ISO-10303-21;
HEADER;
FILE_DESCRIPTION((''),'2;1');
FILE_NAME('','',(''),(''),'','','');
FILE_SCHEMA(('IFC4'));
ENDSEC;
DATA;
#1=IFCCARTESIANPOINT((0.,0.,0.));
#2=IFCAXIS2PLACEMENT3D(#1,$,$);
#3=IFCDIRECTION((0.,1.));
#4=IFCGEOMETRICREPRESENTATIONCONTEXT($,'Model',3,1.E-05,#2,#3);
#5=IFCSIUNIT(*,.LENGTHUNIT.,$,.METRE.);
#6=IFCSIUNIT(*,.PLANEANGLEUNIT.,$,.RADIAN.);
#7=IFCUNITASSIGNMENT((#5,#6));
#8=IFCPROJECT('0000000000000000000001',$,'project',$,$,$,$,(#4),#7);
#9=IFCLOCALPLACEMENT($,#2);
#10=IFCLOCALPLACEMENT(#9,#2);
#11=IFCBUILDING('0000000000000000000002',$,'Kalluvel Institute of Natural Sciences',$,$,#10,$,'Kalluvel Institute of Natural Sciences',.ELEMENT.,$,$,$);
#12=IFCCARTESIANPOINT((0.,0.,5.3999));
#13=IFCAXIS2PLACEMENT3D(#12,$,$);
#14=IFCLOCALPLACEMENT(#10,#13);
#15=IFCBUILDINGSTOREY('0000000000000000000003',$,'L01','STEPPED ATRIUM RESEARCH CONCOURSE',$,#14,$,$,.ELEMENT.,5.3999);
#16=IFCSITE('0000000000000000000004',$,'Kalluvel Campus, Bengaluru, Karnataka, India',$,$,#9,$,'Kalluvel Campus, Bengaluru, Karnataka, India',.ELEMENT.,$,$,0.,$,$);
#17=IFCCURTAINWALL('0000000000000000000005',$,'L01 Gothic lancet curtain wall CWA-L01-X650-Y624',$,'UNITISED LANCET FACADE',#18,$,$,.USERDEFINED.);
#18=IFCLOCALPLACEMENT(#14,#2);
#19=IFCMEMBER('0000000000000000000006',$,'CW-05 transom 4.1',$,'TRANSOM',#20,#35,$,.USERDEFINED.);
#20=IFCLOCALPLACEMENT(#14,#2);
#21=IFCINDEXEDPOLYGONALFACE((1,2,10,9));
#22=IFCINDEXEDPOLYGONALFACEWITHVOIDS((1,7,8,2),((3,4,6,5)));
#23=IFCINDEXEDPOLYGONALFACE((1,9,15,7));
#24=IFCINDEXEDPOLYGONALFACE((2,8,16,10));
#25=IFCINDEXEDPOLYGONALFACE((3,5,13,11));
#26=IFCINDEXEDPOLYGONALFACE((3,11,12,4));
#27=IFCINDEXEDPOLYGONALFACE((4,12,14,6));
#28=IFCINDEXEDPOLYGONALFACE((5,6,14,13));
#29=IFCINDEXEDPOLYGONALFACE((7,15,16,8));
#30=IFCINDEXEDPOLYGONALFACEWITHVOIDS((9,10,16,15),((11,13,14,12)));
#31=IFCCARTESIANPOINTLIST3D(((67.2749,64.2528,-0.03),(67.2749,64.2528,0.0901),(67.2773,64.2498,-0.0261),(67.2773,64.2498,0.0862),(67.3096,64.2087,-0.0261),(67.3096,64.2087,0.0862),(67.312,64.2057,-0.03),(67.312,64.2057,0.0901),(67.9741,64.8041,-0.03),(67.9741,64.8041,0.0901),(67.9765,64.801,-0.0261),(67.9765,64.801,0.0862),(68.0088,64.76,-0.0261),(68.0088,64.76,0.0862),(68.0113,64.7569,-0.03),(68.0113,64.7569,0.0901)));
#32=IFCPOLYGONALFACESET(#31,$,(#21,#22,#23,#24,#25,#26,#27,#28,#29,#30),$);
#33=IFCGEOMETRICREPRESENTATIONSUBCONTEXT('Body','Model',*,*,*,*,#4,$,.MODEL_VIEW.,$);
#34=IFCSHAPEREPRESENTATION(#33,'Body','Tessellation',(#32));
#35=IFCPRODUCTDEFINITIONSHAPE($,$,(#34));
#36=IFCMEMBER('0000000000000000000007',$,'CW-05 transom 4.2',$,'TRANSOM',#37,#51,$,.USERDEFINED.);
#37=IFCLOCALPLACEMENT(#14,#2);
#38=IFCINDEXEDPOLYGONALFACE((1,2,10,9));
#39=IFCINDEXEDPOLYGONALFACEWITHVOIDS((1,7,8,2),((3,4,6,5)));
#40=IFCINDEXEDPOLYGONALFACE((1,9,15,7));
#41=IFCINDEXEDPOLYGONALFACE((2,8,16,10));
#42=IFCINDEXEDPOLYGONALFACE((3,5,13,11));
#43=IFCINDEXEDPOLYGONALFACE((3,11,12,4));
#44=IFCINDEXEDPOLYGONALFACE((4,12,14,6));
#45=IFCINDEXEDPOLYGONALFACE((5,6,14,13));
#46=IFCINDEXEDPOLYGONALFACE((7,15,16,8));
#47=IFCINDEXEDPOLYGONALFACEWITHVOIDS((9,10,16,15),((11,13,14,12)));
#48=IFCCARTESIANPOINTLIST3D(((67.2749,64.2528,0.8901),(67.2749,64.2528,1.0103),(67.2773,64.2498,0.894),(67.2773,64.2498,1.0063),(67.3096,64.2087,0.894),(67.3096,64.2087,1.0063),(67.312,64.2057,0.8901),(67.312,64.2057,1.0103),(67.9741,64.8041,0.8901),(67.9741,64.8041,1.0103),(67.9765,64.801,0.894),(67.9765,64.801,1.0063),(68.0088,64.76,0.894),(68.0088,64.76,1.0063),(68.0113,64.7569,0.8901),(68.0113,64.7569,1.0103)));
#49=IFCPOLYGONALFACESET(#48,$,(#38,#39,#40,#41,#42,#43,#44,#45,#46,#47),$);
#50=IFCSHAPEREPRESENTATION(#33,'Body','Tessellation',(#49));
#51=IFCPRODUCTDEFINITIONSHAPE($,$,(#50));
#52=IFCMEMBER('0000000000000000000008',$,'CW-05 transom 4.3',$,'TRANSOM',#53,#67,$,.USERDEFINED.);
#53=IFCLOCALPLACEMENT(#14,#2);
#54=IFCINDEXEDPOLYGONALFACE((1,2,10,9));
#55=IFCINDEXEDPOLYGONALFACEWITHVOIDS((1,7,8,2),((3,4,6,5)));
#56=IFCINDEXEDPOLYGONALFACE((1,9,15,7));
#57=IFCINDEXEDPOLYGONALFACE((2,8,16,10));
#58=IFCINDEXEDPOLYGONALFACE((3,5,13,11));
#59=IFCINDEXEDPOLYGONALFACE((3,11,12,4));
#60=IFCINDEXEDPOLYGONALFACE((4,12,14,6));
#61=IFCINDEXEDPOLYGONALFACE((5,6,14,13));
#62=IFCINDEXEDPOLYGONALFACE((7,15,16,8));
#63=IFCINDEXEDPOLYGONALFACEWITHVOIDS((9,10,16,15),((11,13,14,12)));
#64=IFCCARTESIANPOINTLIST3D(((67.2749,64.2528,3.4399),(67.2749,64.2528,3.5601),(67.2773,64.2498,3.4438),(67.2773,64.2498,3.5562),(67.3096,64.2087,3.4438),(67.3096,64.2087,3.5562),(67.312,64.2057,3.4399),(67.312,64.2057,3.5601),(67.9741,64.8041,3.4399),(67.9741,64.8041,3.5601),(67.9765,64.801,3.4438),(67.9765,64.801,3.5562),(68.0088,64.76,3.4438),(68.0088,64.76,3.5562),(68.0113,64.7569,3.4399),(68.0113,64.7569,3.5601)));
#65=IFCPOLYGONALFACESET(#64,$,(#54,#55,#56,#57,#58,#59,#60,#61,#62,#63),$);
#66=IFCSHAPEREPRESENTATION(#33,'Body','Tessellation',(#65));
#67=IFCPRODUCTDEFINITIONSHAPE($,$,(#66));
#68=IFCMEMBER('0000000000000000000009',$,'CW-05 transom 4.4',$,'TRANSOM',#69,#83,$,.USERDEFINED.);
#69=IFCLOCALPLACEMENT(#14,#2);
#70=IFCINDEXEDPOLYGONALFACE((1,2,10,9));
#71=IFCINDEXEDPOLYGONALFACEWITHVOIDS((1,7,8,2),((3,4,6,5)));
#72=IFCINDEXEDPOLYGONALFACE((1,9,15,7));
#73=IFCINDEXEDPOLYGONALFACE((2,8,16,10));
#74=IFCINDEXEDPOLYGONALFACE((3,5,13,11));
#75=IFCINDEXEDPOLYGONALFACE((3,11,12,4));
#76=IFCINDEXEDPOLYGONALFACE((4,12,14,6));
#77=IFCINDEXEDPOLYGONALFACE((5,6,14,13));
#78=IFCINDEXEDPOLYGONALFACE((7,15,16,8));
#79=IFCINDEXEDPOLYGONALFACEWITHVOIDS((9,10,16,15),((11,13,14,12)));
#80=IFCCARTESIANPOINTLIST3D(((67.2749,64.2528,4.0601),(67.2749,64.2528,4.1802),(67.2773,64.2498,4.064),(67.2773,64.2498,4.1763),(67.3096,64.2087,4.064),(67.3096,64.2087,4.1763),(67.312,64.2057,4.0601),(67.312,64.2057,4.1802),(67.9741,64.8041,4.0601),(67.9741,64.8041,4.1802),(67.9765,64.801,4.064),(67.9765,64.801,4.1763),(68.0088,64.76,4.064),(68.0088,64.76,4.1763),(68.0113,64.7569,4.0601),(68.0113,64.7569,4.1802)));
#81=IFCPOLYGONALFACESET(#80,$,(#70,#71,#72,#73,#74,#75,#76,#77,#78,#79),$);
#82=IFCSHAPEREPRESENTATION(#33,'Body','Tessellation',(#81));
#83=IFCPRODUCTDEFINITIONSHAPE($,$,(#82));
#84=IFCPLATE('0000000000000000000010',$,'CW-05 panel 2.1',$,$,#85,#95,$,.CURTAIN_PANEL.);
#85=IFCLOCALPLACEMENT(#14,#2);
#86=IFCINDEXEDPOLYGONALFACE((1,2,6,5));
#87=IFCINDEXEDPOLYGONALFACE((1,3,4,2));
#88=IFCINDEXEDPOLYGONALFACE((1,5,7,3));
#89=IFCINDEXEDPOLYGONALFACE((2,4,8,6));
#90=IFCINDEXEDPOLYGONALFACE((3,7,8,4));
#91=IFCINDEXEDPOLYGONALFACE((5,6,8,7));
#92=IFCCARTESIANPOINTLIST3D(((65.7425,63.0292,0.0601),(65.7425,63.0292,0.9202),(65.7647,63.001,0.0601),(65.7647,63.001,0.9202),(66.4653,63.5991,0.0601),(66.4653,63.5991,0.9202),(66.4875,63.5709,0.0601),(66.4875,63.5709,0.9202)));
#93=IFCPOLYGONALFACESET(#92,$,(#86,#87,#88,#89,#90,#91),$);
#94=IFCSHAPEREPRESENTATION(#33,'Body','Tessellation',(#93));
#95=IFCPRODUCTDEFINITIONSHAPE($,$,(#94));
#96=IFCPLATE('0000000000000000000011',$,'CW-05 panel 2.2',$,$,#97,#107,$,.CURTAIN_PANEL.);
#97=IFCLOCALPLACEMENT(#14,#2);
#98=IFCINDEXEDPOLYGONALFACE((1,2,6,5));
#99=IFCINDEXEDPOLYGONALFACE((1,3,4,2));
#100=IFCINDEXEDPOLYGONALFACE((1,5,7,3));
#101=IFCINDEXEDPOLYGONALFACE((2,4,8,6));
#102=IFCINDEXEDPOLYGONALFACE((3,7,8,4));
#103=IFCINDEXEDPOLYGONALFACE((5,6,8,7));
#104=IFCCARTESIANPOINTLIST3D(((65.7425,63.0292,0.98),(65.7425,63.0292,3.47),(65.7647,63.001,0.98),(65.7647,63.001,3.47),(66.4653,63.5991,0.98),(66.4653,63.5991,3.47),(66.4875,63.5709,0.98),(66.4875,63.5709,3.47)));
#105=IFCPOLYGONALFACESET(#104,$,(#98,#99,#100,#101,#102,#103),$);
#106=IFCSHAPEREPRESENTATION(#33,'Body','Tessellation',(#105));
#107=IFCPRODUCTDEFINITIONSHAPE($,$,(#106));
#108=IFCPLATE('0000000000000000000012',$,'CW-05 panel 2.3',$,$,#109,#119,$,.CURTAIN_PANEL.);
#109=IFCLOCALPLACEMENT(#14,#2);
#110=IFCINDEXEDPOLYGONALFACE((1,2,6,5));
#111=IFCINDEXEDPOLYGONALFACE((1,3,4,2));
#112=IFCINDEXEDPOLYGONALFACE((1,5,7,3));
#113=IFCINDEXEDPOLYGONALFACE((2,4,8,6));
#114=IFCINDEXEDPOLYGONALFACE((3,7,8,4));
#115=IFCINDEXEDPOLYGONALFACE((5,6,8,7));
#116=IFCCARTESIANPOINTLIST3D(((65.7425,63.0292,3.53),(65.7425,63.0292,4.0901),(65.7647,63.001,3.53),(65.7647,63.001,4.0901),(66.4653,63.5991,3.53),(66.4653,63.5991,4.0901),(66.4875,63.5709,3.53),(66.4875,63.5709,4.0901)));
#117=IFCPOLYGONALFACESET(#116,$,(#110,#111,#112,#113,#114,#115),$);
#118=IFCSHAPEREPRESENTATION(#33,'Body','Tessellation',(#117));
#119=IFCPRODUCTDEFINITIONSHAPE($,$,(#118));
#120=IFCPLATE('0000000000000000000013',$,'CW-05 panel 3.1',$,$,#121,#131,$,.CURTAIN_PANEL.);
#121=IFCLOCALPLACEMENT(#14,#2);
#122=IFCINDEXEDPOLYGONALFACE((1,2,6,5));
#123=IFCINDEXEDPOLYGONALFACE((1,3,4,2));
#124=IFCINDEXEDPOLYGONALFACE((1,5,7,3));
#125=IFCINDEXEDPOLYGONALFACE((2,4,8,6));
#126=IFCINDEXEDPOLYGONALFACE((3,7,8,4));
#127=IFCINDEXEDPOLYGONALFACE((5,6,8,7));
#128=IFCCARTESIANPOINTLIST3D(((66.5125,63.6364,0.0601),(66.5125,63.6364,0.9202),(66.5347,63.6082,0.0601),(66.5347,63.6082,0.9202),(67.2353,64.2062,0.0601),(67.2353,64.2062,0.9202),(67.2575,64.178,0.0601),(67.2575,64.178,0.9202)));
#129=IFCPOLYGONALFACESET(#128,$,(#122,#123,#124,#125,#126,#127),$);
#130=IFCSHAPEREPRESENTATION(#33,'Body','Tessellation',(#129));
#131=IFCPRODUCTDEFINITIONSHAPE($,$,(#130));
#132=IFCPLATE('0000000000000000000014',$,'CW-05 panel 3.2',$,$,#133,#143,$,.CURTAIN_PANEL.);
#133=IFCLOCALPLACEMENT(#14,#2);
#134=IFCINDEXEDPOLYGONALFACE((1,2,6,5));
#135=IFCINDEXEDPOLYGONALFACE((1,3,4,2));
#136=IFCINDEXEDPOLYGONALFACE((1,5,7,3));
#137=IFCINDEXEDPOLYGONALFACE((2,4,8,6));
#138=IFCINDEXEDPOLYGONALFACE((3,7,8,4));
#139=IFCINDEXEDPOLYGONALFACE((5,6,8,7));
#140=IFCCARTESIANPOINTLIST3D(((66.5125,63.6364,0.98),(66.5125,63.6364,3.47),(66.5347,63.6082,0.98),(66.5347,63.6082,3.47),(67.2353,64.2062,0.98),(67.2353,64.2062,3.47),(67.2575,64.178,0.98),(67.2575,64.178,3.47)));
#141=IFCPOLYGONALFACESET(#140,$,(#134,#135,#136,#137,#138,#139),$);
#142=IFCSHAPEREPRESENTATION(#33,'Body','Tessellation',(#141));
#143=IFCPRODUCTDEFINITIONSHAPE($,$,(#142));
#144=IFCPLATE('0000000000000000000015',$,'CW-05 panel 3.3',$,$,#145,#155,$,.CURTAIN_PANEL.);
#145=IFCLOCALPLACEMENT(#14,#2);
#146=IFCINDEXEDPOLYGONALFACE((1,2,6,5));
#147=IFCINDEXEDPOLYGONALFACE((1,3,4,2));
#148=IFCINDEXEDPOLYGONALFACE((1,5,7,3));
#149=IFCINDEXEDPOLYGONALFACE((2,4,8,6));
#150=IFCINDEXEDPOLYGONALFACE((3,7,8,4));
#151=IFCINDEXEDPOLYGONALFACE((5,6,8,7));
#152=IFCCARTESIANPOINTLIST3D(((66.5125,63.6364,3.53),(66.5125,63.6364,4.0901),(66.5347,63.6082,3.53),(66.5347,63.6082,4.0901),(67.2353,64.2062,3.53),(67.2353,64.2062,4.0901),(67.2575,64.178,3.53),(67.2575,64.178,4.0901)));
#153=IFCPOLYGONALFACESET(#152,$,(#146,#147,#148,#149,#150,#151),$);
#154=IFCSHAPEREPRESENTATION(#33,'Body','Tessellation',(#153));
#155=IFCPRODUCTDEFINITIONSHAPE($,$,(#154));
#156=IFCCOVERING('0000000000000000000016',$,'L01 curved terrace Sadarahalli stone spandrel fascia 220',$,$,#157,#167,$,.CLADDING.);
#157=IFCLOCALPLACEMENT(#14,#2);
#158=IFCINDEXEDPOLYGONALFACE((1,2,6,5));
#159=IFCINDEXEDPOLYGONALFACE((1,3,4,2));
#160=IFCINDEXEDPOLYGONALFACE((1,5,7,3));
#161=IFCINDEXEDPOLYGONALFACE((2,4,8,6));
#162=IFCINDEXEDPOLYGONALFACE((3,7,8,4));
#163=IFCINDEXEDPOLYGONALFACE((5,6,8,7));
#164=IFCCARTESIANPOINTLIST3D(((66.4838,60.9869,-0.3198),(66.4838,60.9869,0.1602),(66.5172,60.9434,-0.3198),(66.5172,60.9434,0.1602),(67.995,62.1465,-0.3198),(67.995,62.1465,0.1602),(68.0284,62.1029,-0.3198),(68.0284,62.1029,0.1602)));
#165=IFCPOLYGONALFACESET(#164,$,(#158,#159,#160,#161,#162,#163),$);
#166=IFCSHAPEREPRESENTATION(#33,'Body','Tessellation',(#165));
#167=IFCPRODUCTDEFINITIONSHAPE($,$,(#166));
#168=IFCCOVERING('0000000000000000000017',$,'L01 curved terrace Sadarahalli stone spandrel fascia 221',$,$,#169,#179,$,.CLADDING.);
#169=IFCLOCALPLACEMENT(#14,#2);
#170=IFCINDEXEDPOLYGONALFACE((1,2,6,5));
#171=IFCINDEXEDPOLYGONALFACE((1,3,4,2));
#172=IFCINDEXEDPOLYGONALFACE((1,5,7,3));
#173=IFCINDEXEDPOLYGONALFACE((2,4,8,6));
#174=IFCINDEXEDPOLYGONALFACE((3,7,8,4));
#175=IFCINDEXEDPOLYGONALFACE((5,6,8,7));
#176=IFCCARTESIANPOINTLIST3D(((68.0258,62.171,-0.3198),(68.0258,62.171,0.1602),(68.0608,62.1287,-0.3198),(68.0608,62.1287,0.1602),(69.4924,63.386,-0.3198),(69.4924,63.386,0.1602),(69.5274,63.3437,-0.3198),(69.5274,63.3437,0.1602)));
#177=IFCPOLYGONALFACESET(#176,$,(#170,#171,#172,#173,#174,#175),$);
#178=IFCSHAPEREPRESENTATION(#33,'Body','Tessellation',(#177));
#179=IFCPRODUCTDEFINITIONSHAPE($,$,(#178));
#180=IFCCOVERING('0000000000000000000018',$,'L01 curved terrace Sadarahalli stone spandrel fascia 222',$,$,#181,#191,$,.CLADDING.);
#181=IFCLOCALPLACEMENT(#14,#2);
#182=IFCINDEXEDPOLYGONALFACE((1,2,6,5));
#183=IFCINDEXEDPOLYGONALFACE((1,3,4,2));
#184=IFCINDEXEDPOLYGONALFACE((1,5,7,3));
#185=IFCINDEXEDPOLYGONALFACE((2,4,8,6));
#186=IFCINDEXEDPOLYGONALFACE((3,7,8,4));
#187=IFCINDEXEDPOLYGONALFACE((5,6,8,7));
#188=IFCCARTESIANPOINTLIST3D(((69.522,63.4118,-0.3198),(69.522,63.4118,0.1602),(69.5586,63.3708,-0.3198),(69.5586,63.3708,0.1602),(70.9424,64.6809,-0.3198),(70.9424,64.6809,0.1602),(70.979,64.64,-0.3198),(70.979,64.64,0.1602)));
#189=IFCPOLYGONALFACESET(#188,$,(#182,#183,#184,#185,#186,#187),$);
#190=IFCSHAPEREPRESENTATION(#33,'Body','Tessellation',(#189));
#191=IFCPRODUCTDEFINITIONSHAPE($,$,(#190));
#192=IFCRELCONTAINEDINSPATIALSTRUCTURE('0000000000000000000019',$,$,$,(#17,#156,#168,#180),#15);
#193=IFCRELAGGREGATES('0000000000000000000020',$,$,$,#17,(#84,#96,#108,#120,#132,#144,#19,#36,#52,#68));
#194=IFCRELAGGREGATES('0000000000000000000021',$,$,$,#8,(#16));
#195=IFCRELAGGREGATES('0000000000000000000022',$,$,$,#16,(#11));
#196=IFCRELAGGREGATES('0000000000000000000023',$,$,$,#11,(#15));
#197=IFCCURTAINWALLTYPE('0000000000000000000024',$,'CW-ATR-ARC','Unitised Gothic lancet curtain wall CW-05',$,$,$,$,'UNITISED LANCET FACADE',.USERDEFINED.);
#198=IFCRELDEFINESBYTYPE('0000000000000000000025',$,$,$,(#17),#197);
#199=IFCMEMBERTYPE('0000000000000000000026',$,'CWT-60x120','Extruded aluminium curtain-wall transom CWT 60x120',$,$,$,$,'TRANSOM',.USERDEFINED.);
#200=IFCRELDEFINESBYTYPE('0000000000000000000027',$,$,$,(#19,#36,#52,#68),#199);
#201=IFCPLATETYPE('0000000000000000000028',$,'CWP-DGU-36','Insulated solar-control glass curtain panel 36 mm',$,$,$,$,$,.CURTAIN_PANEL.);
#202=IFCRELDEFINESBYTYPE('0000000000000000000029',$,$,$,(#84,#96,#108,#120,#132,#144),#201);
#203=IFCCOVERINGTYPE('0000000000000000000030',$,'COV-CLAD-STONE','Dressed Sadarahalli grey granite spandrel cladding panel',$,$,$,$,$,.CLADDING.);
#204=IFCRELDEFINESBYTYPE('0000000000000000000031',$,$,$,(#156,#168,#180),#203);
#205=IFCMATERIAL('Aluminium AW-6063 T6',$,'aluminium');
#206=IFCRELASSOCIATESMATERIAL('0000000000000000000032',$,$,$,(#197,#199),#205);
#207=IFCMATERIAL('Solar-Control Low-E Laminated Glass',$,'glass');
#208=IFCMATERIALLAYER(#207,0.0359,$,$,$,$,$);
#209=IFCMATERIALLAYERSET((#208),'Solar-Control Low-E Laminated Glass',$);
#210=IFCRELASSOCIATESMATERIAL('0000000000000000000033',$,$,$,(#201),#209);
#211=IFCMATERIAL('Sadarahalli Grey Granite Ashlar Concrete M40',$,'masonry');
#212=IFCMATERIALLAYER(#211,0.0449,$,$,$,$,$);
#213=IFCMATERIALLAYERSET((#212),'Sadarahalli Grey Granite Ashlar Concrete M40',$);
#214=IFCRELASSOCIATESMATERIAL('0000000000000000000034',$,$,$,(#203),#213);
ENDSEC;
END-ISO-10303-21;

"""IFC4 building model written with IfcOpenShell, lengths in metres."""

from ifc_helpers import new_model, si_unit, direction, frame, origin, origin_2d, place, context, subcontext, project, spatial, rectangle, hollow_rectangle, extrude, material, layer, layer_set, material_profile, profile_set, type_object, element, aggregate, save


model = new_model("IFC4")

# Units and contexts
model_context = context("Model", 3, precision=1e-05, world=origin(), true_north=direction((0.0, 1.0)))
body_context = subcontext(model_context, "Body", "Model", "MODEL_VIEW")
ifc_project = project(units=[si_unit("LENGTHUNIT", "METRE"), si_unit("PLANEANGLEUNIT", "RADIAN")], contexts=[model_context])

# Site, building, storey
site_placement = place(None, origin())
site = spatial("IfcSite", under=ifc_project, at=site_placement, Name="Kalluvel Campus, Bengaluru, Karnataka, India", LongName="Kalluvel Campus, Bengaluru, Karnataka, India", CompositionType="ELEMENT", RefElevation=0.0)
building_placement = place(site_placement, origin())
building = spatial("IfcBuilding", under=site, at=building_placement, Name="Kalluvel Institute of Natural Sciences", LongName="Kalluvel Institute of Natural Sciences", CompositionType="ELEMENT")
storey_placement = place(building_placement, frame((0.0, 0.0, 5.3999)))
storey = spatial("IfcBuildingStorey", under=building, at=storey_placement, Name="L01", Description="STEPPED ATRIUM RESEARCH CONCOURSE", CompositionType="ELEMENT", Elevation=5.3999)

# Curtain wall, members, plates
ifc_material_1 = material(Name="Aluminium AW-6063 T6", Category="aluminium")
curtain_wall_type = type_object("IfcCurtainWallType", Name="CW-ATR-ARC", Description="Unitised Gothic lancet curtain wall CW-05", ElementType="UNITISED LANCET FACADE", PredefinedType="USERDEFINED", material=ifc_material_1)
curtain_wall_placement = place(storey_placement, origin())
curtain_wall = element("IfcCurtainWall", 1, at=curtain_wall_placement, inside=storey, type_object=curtain_wall_type, Name="L01 Gothic lancet curtain wall CWA-L01-X650-Y624", ObjectType="UNITISED LANCET FACADE", PredefinedType="USERDEFINED")
ifc_material_profile_1 = material_profile(ifc_material_1, hollow_rectangle(XDim=0.0601, YDim=0.1201, WallThickness=0.0039, at=origin_2d()), Name="CWT 60x120")
ifc_profile_set_1 = profile_set([ifc_material_profile_1], Name="Aluminium AW-6063 T6")
member_type_1 = type_object("IfcMemberType", Name="CWT-60x120", Description="Extruded aluminium curtain-wall transom CWT 60x120", ElementType="TRANSOM", PredefinedType="USERDEFINED", material=ifc_profile_set_1)
member_1_placement = place(storey_placement, frame((67.2935, 64.2292, 0.03), z_axis=(0.78529, 0.619129, 0.0), x_axis=(-0.619129, 0.78529, 0.0)))
member_1 = element("IfcMember", 2, at=member_1_placement, type_object=member_type_1, Name="CW-05 transom 4.1", ObjectType="TRANSOM", PredefinedType="USERDEFINED", context=body_context, shape_type="SweptSolid", body=[
    extrude(hollow_rectangle(XDim=0.0601, YDim=0.1201, WallThickness=0.0039, at=origin_2d()), origin(), (0.0, 0.0, 1.0), 0.8904),
])
member_2_placement = place(storey_placement, frame((67.2935, 64.2292, 0.9502), z_axis=(0.78529, 0.619129, 0.0), x_axis=(-0.619129, 0.78529, 0.0)))
member_2 = element("IfcMember", 3, at=member_2_placement, type_object=member_type_1, Name="CW-05 transom 4.2", ObjectType="TRANSOM", PredefinedType="USERDEFINED", context=body_context, shape_type="SweptSolid", body=[
    extrude(hollow_rectangle(XDim=0.0601, YDim=0.1201, WallThickness=0.0039, at=origin_2d()), origin(), (0.0, 0.0, 1.0), 0.8904),
])
member_3_placement = place(storey_placement, frame((67.2935, 64.2292, 3.5), z_axis=(0.78529, 0.619129, 0.0), x_axis=(-0.619129, 0.78529, 0.0)))
member_3 = element("IfcMember", 4, at=member_3_placement, type_object=member_type_1, Name="CW-05 transom 4.3", ObjectType="TRANSOM", PredefinedType="USERDEFINED", context=body_context, shape_type="SweptSolid", body=[
    extrude(hollow_rectangle(XDim=0.0601, YDim=0.1201, WallThickness=0.0039, at=origin_2d()), origin(), (0.0, 0.0, 1.0), 0.8904),
])
member_4_placement = place(storey_placement, frame((67.2935, 64.2292, 4.1201), z_axis=(0.78529, 0.619129, 0.0), x_axis=(-0.619129, 0.78529, 0.0)))
member_4 = element("IfcMember", 5, at=member_4_placement, type_object=member_type_1, Name="CW-05 transom 4.4", ObjectType="TRANSOM", PredefinedType="USERDEFINED", context=body_context, shape_type="SweptSolid", body=[
    extrude(hollow_rectangle(XDim=0.0601, YDim=0.1201, WallThickness=0.0039, at=origin_2d()), origin(), (0.0, 0.0, 1.0), 0.8904),
])
ifc_material_2 = material(Name="Solar-Control Low-E Laminated Glass", Category="glass")
ifc_layer_1 = layer(ifc_material_2, 0.0359)
ifc_layer_set_1 = layer_set([ifc_layer_1], Name="Solar-Control Low-E Laminated Glass")
plate_type = type_object("IfcPlateType", Name="CWP-DGU-36", Description="Insulated solar-control glass curtain panel 36 mm", PredefinedType="CURTAIN_PANEL", material=ifc_layer_set_1)
plate_1_placement = place(storey_placement, frame((66.115, 63.3, 0.0601), z_axis=(0.0, 0.0, 1.0), x_axis=(0.785314, 0.619098, 0.0)))
plate_1 = element("IfcPlate", 6, at=plate_1_placement, type_object=plate_type, Name="CW-05 panel 2.1", PredefinedType="CURTAIN_PANEL", context=body_context, shape_type="SweptSolid", body=[
    extrude(rectangle(XDim=0.9204, YDim=0.0359, at=origin_2d()), origin(), (0.0, 0.0, 1.0), 0.8601),
])
plate_2_placement = place(storey_placement, frame((66.115, 63.3, 0.98), z_axis=(0.0, 0.0, 1.0), x_axis=(0.785314, 0.619098, 0.0)))
plate_2 = element("IfcPlate", 7, at=plate_2_placement, type_object=plate_type, Name="CW-05 panel 2.2", PredefinedType="CURTAIN_PANEL", context=body_context, shape_type="SweptSolid", body=[
    extrude(rectangle(XDim=0.9204, YDim=0.0359, at=origin_2d()), origin(), (0.0, 0.0, 1.0), 2.49),
])
plate_3_placement = place(storey_placement, frame((66.115, 63.3, 3.53), z_axis=(0.0, 0.0, 1.0), x_axis=(0.785314, 0.619098, 0.0)))
plate_3 = element("IfcPlate", 8, at=plate_3_placement, type_object=plate_type, Name="CW-05 panel 2.3", PredefinedType="CURTAIN_PANEL", context=body_context, shape_type="SweptSolid", body=[
    extrude(rectangle(XDim=0.9204, YDim=0.0359, at=origin_2d()), origin(), (0.0, 0.0, 1.0), 0.5601),
])
plate_4_placement = place(storey_placement, frame((66.885, 63.9072, 0.0601), z_axis=(0.0, 0.0, 1.0), x_axis=(0.785314, 0.619098, 0.0)))
plate_4 = element("IfcPlate", 9, at=plate_4_placement, type_object=plate_type, Name="CW-05 panel 3.1", PredefinedType="CURTAIN_PANEL", context=body_context, shape_type="SweptSolid", body=[
    extrude(rectangle(XDim=0.9204, YDim=0.0359, at=origin_2d()), origin(), (0.0, 0.0, 1.0), 0.8601),
])
plate_5_placement = place(storey_placement, frame((66.885, 63.9072, 0.98), z_axis=(0.0, 0.0, 1.0), x_axis=(0.785314, 0.619098, 0.0)))
plate_5 = element("IfcPlate", 10, at=plate_5_placement, type_object=plate_type, Name="CW-05 panel 3.2", PredefinedType="CURTAIN_PANEL", context=body_context, shape_type="SweptSolid", body=[
    extrude(rectangle(XDim=0.9204, YDim=0.0359, at=origin_2d()), origin(), (0.0, 0.0, 1.0), 2.49),
])
plate_6_placement = place(storey_placement, frame((66.885, 63.9072, 3.53), z_axis=(0.0, 0.0, 1.0), x_axis=(0.785314, 0.619098, 0.0)))
plate_6 = element("IfcPlate", 11, at=plate_6_placement, type_object=plate_type, Name="CW-05 panel 3.3", PredefinedType="CURTAIN_PANEL", context=body_context, shape_type="SweptSolid", body=[
    extrude(rectangle(XDim=0.9204, YDim=0.0359, at=origin_2d()), origin(), (0.0, 0.0, 1.0), 0.5601),
])
aggregate(curtain_wall, [plate_1, plate_2, plate_3, plate_4, plate_5, plate_6, member_1, member_2, member_3, member_4])

# Coverings
ifc_material_3 = material(Name="Sadarahalli Grey Granite Ashlar Concrete M40", Category="masonry")
ifc_layer_2 = layer(ifc_material_3, 0.0449)
ifc_layer_set_2 = layer_set([ifc_layer_2], Name="Sadarahalli Grey Granite Ashlar Concrete M40")
covering_type = type_object("IfcCoveringType", Name="COV-CLAD-STONE", Description="Dressed Sadarahalli grey granite spandrel cladding panel", PredefinedType="CLADDING", material=ifc_layer_set_2)
covering_1_placement = place(storey_placement, frame((67.2561, 61.5449, -0.3198), z_axis=(0.0, 0.0, 1.0), x_axis=(0.793353, 0.608761, 0.0)))
element("IfcCovering", 12, at=covering_1_placement, inside=storey, type_object=covering_type, Name="L01 curved terrace Sadarahalli stone spandrel fascia 220", PredefinedType="CLADDING", context=body_context, shape_type="SweptSolid", body=[
    extrude(rectangle(XDim=1.9048, YDim=0.0549, at=origin_2d()), origin(), (0.0, 0.0, 1.0), 0.48),
])
covering_2_placement = place(storey_placement, frame((68.7766, 62.7573, -0.3198), z_axis=(0.0, 0.0, 1.0), x_axis=(0.770068, 0.637962, 0.0)))
element("IfcCovering", 13, at=covering_2_placement, inside=storey, type_object=covering_type, Name="L01 curved terrace Sadarahalli stone spandrel fascia 221", PredefinedType="CLADDING", context=body_context, shape_type="SweptSolid", body=[
    extrude(rectangle(XDim=1.9045, YDim=0.0549, at=origin_2d()), origin(), (0.0, 0.0, 1.0), 0.48),
])
covering_3_placement = place(storey_placement, frame((70.2505, 64.0259, -0.3198), z_axis=(0.0, 0.0, 1.0), x_axis=(0.745709, 0.666272, 0.0)))
element("IfcCovering", 14, at=covering_3_placement, inside=storey, type_object=covering_type, Name="L01 curved terrace Sadarahalli stone spandrel fascia 222", PredefinedType="CLADDING", context=body_context, shape_type="SweptSolid", body=[
    extrude(rectangle(XDim=1.9048, YDim=0.0549, at=origin_2d()), origin(), (0.0, 0.0, 1.0), 0.48),
])

save(model, "model.ifc")
